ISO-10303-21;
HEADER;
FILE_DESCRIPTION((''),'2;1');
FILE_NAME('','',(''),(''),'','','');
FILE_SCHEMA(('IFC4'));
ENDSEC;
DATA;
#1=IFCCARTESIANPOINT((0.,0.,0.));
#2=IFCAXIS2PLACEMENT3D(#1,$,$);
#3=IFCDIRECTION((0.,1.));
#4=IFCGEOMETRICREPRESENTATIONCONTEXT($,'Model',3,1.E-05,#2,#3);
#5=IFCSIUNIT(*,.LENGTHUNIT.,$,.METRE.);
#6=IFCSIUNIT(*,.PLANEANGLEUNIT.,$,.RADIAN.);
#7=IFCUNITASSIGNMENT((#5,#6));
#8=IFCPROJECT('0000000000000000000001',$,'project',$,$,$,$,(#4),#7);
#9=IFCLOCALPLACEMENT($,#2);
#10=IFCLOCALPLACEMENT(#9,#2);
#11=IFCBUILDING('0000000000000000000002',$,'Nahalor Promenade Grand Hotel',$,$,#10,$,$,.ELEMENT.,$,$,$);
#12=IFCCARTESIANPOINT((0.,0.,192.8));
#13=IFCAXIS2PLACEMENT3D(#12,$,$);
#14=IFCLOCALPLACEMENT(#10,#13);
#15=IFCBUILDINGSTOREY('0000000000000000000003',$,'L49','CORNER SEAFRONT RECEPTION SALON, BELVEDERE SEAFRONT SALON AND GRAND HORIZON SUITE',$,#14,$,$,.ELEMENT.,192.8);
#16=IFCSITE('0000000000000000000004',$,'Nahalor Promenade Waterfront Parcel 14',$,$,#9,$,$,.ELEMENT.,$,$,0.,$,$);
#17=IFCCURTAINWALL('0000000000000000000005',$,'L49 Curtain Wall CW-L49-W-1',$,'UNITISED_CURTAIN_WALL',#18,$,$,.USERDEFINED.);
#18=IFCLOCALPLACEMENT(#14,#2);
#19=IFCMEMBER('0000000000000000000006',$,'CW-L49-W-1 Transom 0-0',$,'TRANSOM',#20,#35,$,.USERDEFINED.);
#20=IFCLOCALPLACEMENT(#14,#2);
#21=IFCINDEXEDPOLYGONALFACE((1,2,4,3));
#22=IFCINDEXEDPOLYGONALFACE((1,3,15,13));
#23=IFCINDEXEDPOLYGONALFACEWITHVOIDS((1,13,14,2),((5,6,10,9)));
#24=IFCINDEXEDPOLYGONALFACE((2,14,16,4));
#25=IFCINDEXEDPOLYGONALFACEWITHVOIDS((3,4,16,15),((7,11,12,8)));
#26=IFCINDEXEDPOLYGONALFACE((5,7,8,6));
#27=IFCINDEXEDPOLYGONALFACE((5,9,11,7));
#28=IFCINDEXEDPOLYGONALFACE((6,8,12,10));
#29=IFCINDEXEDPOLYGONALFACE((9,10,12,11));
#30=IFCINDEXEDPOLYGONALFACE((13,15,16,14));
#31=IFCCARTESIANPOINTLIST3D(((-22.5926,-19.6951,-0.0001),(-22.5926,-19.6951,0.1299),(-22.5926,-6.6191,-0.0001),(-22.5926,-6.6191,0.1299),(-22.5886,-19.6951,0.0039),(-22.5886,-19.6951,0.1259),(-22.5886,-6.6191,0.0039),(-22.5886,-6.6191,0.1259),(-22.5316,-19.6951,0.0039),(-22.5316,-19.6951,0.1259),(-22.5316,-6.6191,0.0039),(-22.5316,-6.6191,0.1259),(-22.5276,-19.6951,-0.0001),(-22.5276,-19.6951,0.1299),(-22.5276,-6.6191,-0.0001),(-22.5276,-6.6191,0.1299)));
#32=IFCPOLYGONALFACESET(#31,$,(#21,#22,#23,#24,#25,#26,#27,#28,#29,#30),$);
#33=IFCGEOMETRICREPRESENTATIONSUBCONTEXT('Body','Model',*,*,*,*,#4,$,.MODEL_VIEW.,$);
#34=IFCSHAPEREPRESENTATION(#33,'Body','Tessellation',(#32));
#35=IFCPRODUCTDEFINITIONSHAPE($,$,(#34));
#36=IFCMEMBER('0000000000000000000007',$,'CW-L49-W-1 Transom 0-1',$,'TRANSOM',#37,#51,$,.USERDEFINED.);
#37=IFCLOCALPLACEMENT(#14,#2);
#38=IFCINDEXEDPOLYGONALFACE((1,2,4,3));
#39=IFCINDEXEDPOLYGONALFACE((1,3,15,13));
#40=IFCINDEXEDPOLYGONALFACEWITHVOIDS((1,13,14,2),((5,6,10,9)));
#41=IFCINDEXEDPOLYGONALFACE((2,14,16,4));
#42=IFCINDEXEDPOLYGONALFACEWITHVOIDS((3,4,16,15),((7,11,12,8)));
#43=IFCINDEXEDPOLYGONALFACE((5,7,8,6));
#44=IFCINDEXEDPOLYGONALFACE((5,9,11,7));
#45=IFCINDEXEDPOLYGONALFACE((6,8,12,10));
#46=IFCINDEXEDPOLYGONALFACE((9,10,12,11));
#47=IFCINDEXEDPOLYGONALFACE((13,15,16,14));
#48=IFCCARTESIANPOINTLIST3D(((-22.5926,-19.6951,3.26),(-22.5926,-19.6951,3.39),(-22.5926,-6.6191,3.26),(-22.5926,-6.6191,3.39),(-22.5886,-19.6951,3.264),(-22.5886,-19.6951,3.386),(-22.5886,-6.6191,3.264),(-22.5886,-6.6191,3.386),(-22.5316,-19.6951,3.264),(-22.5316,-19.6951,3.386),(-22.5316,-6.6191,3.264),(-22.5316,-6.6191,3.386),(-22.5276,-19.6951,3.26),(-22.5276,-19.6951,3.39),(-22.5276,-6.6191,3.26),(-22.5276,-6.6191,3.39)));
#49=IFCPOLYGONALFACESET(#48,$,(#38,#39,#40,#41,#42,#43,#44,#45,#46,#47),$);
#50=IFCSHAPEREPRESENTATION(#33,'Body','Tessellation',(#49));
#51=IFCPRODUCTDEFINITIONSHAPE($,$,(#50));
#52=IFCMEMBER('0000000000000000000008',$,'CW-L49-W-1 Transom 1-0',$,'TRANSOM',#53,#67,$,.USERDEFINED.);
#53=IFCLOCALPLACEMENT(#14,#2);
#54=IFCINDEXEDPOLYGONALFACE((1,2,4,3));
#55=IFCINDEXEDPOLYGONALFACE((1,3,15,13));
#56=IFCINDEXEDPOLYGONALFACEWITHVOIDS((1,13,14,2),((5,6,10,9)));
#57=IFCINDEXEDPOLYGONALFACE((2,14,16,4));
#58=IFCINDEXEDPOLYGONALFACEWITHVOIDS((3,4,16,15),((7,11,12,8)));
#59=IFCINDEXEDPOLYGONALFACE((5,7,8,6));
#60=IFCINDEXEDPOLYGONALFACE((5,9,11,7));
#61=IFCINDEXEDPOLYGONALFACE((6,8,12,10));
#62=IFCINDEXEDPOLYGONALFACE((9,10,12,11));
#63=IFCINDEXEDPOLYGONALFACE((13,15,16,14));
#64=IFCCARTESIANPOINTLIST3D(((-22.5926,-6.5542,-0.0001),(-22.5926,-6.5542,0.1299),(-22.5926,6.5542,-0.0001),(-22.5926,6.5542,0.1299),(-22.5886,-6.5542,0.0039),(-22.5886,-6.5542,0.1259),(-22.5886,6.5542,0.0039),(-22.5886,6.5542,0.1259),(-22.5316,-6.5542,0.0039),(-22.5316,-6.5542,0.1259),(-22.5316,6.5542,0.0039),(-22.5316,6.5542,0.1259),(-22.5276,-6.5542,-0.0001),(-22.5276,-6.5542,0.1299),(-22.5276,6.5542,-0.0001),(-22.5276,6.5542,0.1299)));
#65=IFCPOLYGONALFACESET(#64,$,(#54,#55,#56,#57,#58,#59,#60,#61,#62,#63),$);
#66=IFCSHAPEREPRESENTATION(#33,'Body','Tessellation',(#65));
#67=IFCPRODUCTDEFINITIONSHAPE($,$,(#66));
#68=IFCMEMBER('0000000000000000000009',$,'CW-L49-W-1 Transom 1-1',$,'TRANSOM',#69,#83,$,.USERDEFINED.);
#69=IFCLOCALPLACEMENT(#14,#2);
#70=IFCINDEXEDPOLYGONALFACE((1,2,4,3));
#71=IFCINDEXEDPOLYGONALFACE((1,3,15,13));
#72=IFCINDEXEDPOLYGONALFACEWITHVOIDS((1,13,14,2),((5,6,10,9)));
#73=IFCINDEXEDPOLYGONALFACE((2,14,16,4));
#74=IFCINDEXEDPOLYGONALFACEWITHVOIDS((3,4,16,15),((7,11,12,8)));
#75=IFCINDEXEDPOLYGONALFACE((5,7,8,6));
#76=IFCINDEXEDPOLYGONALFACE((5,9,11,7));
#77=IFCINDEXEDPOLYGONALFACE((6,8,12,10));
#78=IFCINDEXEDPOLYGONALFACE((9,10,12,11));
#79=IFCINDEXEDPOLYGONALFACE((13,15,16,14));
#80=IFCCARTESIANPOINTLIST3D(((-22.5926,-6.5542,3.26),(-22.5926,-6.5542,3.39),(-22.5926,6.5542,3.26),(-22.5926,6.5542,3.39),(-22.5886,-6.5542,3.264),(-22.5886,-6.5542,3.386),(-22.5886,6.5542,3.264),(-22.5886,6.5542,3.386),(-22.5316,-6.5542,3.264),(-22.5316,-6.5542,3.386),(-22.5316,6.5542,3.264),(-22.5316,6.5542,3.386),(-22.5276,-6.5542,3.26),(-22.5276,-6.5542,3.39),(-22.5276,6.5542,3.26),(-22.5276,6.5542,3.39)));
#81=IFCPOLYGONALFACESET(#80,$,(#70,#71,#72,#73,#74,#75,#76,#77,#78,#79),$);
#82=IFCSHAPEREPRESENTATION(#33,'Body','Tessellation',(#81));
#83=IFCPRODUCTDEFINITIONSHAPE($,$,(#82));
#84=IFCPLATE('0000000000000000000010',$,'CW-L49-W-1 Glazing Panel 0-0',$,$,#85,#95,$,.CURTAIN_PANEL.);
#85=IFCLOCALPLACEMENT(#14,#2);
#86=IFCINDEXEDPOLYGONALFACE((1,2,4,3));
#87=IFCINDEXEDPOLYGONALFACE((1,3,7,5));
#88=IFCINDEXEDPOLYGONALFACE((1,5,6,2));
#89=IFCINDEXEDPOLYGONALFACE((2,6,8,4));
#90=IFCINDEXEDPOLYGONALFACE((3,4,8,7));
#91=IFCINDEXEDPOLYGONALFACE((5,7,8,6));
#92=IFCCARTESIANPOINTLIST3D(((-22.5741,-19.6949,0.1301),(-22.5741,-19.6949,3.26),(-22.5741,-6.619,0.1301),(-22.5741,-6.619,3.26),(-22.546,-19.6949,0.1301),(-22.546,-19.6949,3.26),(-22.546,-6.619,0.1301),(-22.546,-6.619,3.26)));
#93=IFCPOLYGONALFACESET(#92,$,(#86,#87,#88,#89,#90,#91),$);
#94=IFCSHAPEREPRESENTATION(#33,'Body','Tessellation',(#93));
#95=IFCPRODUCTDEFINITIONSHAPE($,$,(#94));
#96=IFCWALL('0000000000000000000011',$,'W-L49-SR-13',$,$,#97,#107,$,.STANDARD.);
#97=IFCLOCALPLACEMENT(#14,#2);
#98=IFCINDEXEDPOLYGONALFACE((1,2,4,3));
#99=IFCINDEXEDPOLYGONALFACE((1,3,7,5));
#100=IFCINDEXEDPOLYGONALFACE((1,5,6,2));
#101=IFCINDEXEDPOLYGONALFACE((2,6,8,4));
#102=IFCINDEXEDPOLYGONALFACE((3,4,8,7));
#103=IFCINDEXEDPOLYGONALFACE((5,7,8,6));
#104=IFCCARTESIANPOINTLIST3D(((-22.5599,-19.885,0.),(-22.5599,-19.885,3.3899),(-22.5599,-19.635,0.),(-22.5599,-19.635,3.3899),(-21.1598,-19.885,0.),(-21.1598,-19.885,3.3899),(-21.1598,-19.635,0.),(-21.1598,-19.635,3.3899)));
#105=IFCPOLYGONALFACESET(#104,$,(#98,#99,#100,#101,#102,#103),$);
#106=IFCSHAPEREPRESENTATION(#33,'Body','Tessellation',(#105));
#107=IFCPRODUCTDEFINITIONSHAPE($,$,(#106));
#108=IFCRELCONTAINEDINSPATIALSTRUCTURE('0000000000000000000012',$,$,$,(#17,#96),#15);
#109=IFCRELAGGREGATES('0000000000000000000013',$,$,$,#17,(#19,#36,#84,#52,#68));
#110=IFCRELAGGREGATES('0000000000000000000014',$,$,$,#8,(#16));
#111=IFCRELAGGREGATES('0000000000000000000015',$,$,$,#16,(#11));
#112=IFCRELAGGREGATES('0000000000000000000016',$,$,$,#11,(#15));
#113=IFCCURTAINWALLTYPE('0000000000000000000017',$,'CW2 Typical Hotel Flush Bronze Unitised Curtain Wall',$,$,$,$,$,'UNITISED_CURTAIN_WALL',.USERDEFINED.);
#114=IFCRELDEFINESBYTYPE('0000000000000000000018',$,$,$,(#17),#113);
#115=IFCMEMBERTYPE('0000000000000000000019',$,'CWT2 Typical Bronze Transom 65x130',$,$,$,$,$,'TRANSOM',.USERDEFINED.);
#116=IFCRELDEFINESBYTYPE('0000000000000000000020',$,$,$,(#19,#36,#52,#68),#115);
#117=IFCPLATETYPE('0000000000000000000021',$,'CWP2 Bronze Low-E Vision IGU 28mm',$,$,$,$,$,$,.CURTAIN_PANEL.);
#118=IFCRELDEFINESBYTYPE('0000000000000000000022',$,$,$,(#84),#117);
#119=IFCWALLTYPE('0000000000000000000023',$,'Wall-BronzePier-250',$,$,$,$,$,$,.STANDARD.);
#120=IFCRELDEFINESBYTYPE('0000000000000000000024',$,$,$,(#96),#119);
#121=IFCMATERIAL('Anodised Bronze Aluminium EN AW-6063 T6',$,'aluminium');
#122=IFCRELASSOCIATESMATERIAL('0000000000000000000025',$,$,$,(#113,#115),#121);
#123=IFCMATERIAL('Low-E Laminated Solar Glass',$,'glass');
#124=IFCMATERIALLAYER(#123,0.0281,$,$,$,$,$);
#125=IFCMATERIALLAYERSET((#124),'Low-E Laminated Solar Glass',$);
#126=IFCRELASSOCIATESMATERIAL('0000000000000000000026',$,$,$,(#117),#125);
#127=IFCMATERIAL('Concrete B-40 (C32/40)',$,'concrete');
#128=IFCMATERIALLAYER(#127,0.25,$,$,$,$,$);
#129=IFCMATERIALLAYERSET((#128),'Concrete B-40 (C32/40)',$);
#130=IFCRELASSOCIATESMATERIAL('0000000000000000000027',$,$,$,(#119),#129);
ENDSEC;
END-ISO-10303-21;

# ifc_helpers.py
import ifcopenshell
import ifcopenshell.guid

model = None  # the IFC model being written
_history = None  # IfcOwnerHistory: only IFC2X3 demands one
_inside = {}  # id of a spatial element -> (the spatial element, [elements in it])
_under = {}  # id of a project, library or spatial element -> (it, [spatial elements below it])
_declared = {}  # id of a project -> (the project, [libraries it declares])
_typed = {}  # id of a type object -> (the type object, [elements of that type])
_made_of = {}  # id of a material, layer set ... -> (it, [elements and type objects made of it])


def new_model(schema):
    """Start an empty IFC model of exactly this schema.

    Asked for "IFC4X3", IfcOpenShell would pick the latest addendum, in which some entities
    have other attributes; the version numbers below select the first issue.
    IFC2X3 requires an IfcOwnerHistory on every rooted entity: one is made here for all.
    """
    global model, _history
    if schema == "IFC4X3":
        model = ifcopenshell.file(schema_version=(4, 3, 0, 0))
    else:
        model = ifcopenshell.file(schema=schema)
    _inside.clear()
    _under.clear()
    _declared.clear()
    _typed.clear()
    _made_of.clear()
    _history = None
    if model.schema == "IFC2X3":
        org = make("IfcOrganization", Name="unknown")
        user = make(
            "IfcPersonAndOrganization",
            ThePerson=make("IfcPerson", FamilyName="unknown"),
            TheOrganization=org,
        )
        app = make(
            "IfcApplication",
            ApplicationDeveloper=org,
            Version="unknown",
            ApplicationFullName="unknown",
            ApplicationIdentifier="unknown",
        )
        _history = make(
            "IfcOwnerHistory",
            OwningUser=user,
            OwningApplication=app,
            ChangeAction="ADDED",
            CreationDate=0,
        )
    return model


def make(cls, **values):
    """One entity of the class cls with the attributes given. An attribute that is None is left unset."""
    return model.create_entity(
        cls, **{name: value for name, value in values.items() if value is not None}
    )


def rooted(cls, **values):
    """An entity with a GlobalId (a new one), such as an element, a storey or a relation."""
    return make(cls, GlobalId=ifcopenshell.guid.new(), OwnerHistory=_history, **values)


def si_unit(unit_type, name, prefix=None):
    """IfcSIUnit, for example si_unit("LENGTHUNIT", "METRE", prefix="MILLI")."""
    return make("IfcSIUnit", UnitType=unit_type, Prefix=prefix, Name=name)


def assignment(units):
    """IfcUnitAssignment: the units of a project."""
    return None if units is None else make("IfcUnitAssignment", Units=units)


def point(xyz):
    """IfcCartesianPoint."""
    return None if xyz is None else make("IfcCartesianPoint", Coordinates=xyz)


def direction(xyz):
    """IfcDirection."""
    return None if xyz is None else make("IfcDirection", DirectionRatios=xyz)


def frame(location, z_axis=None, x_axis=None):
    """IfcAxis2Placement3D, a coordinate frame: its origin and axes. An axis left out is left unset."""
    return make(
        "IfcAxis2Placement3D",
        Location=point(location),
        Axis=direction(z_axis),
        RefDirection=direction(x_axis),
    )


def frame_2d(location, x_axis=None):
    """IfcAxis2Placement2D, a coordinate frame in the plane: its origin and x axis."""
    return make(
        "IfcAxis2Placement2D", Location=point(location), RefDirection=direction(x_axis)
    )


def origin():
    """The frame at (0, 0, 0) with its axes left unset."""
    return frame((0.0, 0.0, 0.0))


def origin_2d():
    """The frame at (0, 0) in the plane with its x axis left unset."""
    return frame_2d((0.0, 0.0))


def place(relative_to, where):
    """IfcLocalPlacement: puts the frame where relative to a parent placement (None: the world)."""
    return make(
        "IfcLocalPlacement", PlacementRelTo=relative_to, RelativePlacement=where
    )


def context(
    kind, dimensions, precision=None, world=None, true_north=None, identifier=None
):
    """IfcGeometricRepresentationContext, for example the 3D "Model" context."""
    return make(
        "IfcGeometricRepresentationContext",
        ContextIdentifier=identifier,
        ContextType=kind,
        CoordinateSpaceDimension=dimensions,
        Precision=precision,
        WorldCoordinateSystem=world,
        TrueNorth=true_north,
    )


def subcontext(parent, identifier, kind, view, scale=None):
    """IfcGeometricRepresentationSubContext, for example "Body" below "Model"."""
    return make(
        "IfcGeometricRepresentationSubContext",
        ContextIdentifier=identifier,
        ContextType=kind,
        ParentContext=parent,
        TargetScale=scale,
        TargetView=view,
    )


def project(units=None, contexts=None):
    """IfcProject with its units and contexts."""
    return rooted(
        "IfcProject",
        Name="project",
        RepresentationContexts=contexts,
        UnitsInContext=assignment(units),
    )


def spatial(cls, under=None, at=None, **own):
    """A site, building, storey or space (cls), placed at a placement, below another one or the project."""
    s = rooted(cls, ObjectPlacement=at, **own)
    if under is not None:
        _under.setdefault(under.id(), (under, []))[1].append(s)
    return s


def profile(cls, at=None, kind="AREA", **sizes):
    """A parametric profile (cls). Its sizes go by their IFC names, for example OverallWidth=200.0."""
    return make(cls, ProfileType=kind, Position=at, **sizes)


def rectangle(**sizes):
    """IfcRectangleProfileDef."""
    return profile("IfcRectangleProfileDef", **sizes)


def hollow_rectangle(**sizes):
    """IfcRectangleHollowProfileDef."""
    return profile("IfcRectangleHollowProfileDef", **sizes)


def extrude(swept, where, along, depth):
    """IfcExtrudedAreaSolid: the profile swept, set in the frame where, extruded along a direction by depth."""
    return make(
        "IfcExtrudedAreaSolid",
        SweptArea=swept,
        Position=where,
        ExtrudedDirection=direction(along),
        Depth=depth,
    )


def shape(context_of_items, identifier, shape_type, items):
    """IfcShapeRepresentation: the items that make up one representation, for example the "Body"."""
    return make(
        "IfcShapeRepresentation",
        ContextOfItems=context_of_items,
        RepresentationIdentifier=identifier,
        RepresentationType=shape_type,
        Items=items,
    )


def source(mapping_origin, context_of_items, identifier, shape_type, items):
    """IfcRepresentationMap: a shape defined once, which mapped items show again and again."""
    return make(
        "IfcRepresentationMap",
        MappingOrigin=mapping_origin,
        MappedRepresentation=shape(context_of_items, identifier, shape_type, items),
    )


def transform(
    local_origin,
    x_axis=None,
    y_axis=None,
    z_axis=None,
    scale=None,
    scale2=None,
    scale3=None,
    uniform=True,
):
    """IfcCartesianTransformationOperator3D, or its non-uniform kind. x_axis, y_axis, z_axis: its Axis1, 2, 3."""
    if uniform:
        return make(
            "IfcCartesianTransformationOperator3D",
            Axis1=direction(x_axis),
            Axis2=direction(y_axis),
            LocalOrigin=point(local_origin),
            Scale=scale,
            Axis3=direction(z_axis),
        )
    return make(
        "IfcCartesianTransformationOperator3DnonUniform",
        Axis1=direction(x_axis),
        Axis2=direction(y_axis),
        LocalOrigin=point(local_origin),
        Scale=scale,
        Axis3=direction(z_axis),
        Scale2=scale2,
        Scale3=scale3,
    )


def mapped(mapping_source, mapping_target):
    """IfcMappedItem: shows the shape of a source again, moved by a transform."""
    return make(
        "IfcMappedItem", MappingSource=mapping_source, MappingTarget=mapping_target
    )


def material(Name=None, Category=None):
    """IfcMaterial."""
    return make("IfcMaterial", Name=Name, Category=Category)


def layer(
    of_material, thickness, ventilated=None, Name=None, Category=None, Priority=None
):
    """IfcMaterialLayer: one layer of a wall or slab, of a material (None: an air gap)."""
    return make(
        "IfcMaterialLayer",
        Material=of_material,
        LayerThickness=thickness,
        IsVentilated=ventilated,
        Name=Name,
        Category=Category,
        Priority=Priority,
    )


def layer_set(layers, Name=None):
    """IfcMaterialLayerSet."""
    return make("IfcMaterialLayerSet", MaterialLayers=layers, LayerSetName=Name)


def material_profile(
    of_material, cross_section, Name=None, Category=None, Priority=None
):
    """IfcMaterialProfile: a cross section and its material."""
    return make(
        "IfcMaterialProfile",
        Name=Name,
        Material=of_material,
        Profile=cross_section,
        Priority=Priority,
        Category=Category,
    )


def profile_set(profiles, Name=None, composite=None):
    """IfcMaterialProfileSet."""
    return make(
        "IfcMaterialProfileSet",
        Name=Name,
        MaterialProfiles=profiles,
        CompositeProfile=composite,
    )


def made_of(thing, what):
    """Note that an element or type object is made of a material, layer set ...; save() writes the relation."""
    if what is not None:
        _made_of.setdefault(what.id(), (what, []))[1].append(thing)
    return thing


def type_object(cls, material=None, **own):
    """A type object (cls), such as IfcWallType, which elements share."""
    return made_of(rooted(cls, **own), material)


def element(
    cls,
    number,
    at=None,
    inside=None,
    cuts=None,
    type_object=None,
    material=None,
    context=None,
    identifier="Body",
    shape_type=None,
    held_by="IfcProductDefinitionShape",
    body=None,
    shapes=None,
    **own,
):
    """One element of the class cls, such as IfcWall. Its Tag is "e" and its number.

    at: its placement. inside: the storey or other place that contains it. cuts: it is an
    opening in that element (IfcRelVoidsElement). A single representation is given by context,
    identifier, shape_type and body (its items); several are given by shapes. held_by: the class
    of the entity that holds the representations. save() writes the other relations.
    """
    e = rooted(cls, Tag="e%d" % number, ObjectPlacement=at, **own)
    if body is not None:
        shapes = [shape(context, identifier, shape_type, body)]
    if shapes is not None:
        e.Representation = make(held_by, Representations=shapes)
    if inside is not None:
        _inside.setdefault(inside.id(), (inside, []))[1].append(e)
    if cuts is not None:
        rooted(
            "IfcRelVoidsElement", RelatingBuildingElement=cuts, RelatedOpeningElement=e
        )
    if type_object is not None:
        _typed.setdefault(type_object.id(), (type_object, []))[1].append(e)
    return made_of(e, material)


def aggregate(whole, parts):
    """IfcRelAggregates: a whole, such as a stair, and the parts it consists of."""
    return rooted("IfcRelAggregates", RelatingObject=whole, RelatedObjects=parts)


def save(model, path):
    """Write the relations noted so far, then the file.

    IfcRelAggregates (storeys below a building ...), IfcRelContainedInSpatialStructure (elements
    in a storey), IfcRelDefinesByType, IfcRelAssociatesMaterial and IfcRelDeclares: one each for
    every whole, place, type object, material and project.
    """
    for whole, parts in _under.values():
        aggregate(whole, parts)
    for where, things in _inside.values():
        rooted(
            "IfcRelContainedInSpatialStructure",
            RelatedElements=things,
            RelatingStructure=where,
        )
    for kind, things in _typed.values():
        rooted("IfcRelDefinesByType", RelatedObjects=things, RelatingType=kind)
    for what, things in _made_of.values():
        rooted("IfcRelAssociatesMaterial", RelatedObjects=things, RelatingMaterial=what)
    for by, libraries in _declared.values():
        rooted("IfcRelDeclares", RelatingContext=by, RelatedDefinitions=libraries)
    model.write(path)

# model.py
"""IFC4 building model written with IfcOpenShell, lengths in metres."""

from ifc_helpers import new_model, si_unit, direction, frame, frame_2d, origin, origin_2d, place, context, subcontext, project, spatial, rectangle, hollow_rectangle, extrude, source, transform, mapped, material, layer, layer_set, material_profile, profile_set, type_object, element, aggregate, save


model = new_model("IFC4")

# Units and contexts
model_context = context("Model", 3, precision=1e-05, world=origin(), true_north=direction((0.0, 1.0)))
body_context = subcontext(model_context, "Body", "Model", "MODEL_VIEW")
ifc_project = project(units=[si_unit("LENGTHUNIT", "METRE"), si_unit("PLANEANGLEUNIT", "RADIAN")], contexts=[model_context])

# Site, building, storey
site_placement = place(None, origin())
site = spatial("IfcSite", under=ifc_project, at=site_placement, Name="Nahalor Promenade Waterfront Parcel 14", CompositionType="ELEMENT", RefElevation=0.0)
building_placement = place(site_placement, origin())
building = spatial("IfcBuilding", under=site, at=building_placement, Name="Nahalor Promenade Grand Hotel", CompositionType="ELEMENT")
storey_placement = place(building_placement, frame((0.0, 0.0, 192.8)))
storey = spatial("IfcBuildingStorey", under=building, at=storey_placement, Name="L49", Description="CORNER SEAFRONT RECEPTION SALON, BELVEDERE SEAFRONT SALON AND GRAND HORIZON SUITE", CompositionType="ELEMENT", Elevation=192.8)

# Curtain wall, members, plate
ifc_material_1 = material(Name="Anodised Bronze Aluminium EN AW-6063 T6", Category="aluminium")
curtain_wall_type = type_object("IfcCurtainWallType", Name="CW2 Typical Hotel Flush Bronze Unitised Curtain Wall", ElementType="UNITISED_CURTAIN_WALL", PredefinedType="USERDEFINED", material=ifc_material_1)
curtain_wall_placement = place(storey_placement, origin())
curtain_wall = element("IfcCurtainWall", 1, at=curtain_wall_placement, inside=storey, type_object=curtain_wall_type, Name="L49 Curtain Wall CW-L49-W-1", ObjectType="UNITISED_CURTAIN_WALL", PredefinedType="USERDEFINED")
ifc_material_profile_1 = material_profile(ifc_material_1, hollow_rectangle(XDim=0.065, YDim=0.13, WallThickness=0.004, at=origin_2d()), Name="CWT 65x130x4")
ifc_profile_set_1 = profile_set([ifc_material_profile_1], Name="Anodised Bronze Aluminium EN AW-6063 T6")
member_type_1 = type_object("IfcMemberType", Name="CWT2 Typical Bronze Transom 65x130", ElementType="TRANSOM", PredefinedType="USERDEFINED", material=ifc_profile_set_1)
shared_shape_1 = source(origin(), body_context, "Body", "SweptSolid", [
    extrude(hollow_rectangle(XDim=0.065, YDim=0.13, WallThickness=0.004, at=origin_2d()), origin(), (0.0, 0.0, 1.0), 13.0759),
])
member_1_placement = place(storey_placement, frame((-22.5601, -19.6951, 0.0649), z_axis=(0.0, 1.0, 0.0), x_axis=(-1.0, 0.0, 0.0)))
member_1 = element("IfcMember", 2, at=member_1_placement, type_object=member_type_1, Name="CW-L49-W-1 Transom 0-0", ObjectType="TRANSOM", PredefinedType="USERDEFINED", context=body_context, shape_type="MappedRepresentation", body=[
    mapped(shared_shape_1, transform((0.0, 0.0, 0.0), scale=1.0)),
])
member_2_placement = place(storey_placement, frame((-22.5601, -19.6951, 3.325), z_axis=(0.0, 1.0, 0.0), x_axis=(-1.0, 0.0, 0.0)))
member_2 = element("IfcMember", 3, at=member_2_placement, type_object=member_type_1, Name="CW-L49-W-1 Transom 0-1", ObjectType="TRANSOM", PredefinedType="USERDEFINED", context=body_context, shape_type="MappedRepresentation", body=[
    mapped(shared_shape_1, transform((0.0, 0.0, 0.0), scale=1.0)),
])
shared_shape_2 = source(origin(), body_context, "Body", "SweptSolid", [
    extrude(hollow_rectangle(XDim=0.065, YDim=0.13, WallThickness=0.004, at=origin_2d()), origin(), (0.0, 0.0, 1.0), 13.1084),
])
member_3_placement = place(storey_placement, frame((-22.5601, -6.5542, 0.0649), z_axis=(0.0, 1.0, 0.0), x_axis=(-1.0, 0.0, 0.0)))
member_3 = element("IfcMember", 4, at=member_3_placement, type_object=member_type_1, Name="CW-L49-W-1 Transom 1-0", ObjectType="TRANSOM", PredefinedType="USERDEFINED", context=body_context, shape_type="MappedRepresentation", body=[
    mapped(shared_shape_2, transform((0.0, 0.0, 0.0), scale=1.0)),
])
member_4_placement = place(storey_placement, frame((-22.5601, -6.5542, 3.325), z_axis=(0.0, 1.0, 0.0), x_axis=(-1.0, 0.0, 0.0)))
member_4 = element("IfcMember", 5, at=member_4_placement, type_object=member_type_1, Name="CW-L49-W-1 Transom 1-1", ObjectType="TRANSOM", PredefinedType="USERDEFINED", context=body_context, shape_type="MappedRepresentation", body=[
    mapped(shared_shape_2, transform((0.0, 0.0, 0.0), scale=1.0)),
])
ifc_material_2 = material(Name="Low-E Laminated Solar Glass", Category="glass")
ifc_layer_1 = layer(ifc_material_2, 0.0281)
ifc_layer_set_1 = layer_set([ifc_layer_1], Name="Low-E Laminated Solar Glass")
plate_type = type_object("IfcPlateType", Name="CWP2 Bronze Low-E Vision IGU 28mm", PredefinedType="CURTAIN_PANEL", material=ifc_layer_set_1)
shared_shape_3 = source(origin(), body_context, "Body", "SweptSolid", [
    extrude(rectangle(XDim=13.0759, YDim=0.0281, at=origin_2d()), origin(), (0.0, 0.0, 1.0), 3.1299),
])
plate_placement = place(storey_placement, frame((-22.5601, -13.157, 0.1301), z_axis=(0.0, 0.0, 1.0), x_axis=(0.0, 1.0, 0.0)))
plate = element("IfcPlate", 6, at=plate_placement, type_object=plate_type, Name="CW-L49-W-1 Glazing Panel 0-0", PredefinedType="CURTAIN_PANEL", context=body_context, shape_type="MappedRepresentation", body=[
    mapped(shared_shape_3, transform((0.0, 0.0, 0.0), scale=1.0)),
])
aggregate(curtain_wall, [member_1, member_2, plate, member_3, member_4])

# Wall
ifc_material_3 = material(Name="Concrete B-40 (C32/40)", Category="concrete")
ifc_layer_2 = layer(ifc_material_3, 0.25)
ifc_layer_set_2 = layer_set([ifc_layer_2], Name="Concrete B-40 (C32/40)")
wall_type = type_object("IfcWallType", Name="Wall-BronzePier-250", PredefinedType="STANDARD", material=ifc_layer_set_2)
shared_shape_4 = source(origin(), body_context, "Body", "SweptSolid", [
    extrude(rectangle(XDim=1.4001, YDim=0.25, at=frame_2d((0.7002, 0.0))), origin(), (0.0, 0.0, 1.0), 3.3899),
])
wall_placement = place(storey_placement, frame((-22.5601, -19.76, 0.0), z_axis=(0.0, 0.0, 1.0), x_axis=(1.0, 0.0, 0.0)))
element("IfcWall", 7, at=wall_placement, inside=storey, type_object=wall_type, Name="W-L49-SR-13", PredefinedType="STANDARD", context=body_context, shape_type="MappedRepresentation", body=[
    mapped(shared_shape_4, transform((0.0, 0.0, 0.0), scale=1.0)),
])

save(model, "model.ifc")
